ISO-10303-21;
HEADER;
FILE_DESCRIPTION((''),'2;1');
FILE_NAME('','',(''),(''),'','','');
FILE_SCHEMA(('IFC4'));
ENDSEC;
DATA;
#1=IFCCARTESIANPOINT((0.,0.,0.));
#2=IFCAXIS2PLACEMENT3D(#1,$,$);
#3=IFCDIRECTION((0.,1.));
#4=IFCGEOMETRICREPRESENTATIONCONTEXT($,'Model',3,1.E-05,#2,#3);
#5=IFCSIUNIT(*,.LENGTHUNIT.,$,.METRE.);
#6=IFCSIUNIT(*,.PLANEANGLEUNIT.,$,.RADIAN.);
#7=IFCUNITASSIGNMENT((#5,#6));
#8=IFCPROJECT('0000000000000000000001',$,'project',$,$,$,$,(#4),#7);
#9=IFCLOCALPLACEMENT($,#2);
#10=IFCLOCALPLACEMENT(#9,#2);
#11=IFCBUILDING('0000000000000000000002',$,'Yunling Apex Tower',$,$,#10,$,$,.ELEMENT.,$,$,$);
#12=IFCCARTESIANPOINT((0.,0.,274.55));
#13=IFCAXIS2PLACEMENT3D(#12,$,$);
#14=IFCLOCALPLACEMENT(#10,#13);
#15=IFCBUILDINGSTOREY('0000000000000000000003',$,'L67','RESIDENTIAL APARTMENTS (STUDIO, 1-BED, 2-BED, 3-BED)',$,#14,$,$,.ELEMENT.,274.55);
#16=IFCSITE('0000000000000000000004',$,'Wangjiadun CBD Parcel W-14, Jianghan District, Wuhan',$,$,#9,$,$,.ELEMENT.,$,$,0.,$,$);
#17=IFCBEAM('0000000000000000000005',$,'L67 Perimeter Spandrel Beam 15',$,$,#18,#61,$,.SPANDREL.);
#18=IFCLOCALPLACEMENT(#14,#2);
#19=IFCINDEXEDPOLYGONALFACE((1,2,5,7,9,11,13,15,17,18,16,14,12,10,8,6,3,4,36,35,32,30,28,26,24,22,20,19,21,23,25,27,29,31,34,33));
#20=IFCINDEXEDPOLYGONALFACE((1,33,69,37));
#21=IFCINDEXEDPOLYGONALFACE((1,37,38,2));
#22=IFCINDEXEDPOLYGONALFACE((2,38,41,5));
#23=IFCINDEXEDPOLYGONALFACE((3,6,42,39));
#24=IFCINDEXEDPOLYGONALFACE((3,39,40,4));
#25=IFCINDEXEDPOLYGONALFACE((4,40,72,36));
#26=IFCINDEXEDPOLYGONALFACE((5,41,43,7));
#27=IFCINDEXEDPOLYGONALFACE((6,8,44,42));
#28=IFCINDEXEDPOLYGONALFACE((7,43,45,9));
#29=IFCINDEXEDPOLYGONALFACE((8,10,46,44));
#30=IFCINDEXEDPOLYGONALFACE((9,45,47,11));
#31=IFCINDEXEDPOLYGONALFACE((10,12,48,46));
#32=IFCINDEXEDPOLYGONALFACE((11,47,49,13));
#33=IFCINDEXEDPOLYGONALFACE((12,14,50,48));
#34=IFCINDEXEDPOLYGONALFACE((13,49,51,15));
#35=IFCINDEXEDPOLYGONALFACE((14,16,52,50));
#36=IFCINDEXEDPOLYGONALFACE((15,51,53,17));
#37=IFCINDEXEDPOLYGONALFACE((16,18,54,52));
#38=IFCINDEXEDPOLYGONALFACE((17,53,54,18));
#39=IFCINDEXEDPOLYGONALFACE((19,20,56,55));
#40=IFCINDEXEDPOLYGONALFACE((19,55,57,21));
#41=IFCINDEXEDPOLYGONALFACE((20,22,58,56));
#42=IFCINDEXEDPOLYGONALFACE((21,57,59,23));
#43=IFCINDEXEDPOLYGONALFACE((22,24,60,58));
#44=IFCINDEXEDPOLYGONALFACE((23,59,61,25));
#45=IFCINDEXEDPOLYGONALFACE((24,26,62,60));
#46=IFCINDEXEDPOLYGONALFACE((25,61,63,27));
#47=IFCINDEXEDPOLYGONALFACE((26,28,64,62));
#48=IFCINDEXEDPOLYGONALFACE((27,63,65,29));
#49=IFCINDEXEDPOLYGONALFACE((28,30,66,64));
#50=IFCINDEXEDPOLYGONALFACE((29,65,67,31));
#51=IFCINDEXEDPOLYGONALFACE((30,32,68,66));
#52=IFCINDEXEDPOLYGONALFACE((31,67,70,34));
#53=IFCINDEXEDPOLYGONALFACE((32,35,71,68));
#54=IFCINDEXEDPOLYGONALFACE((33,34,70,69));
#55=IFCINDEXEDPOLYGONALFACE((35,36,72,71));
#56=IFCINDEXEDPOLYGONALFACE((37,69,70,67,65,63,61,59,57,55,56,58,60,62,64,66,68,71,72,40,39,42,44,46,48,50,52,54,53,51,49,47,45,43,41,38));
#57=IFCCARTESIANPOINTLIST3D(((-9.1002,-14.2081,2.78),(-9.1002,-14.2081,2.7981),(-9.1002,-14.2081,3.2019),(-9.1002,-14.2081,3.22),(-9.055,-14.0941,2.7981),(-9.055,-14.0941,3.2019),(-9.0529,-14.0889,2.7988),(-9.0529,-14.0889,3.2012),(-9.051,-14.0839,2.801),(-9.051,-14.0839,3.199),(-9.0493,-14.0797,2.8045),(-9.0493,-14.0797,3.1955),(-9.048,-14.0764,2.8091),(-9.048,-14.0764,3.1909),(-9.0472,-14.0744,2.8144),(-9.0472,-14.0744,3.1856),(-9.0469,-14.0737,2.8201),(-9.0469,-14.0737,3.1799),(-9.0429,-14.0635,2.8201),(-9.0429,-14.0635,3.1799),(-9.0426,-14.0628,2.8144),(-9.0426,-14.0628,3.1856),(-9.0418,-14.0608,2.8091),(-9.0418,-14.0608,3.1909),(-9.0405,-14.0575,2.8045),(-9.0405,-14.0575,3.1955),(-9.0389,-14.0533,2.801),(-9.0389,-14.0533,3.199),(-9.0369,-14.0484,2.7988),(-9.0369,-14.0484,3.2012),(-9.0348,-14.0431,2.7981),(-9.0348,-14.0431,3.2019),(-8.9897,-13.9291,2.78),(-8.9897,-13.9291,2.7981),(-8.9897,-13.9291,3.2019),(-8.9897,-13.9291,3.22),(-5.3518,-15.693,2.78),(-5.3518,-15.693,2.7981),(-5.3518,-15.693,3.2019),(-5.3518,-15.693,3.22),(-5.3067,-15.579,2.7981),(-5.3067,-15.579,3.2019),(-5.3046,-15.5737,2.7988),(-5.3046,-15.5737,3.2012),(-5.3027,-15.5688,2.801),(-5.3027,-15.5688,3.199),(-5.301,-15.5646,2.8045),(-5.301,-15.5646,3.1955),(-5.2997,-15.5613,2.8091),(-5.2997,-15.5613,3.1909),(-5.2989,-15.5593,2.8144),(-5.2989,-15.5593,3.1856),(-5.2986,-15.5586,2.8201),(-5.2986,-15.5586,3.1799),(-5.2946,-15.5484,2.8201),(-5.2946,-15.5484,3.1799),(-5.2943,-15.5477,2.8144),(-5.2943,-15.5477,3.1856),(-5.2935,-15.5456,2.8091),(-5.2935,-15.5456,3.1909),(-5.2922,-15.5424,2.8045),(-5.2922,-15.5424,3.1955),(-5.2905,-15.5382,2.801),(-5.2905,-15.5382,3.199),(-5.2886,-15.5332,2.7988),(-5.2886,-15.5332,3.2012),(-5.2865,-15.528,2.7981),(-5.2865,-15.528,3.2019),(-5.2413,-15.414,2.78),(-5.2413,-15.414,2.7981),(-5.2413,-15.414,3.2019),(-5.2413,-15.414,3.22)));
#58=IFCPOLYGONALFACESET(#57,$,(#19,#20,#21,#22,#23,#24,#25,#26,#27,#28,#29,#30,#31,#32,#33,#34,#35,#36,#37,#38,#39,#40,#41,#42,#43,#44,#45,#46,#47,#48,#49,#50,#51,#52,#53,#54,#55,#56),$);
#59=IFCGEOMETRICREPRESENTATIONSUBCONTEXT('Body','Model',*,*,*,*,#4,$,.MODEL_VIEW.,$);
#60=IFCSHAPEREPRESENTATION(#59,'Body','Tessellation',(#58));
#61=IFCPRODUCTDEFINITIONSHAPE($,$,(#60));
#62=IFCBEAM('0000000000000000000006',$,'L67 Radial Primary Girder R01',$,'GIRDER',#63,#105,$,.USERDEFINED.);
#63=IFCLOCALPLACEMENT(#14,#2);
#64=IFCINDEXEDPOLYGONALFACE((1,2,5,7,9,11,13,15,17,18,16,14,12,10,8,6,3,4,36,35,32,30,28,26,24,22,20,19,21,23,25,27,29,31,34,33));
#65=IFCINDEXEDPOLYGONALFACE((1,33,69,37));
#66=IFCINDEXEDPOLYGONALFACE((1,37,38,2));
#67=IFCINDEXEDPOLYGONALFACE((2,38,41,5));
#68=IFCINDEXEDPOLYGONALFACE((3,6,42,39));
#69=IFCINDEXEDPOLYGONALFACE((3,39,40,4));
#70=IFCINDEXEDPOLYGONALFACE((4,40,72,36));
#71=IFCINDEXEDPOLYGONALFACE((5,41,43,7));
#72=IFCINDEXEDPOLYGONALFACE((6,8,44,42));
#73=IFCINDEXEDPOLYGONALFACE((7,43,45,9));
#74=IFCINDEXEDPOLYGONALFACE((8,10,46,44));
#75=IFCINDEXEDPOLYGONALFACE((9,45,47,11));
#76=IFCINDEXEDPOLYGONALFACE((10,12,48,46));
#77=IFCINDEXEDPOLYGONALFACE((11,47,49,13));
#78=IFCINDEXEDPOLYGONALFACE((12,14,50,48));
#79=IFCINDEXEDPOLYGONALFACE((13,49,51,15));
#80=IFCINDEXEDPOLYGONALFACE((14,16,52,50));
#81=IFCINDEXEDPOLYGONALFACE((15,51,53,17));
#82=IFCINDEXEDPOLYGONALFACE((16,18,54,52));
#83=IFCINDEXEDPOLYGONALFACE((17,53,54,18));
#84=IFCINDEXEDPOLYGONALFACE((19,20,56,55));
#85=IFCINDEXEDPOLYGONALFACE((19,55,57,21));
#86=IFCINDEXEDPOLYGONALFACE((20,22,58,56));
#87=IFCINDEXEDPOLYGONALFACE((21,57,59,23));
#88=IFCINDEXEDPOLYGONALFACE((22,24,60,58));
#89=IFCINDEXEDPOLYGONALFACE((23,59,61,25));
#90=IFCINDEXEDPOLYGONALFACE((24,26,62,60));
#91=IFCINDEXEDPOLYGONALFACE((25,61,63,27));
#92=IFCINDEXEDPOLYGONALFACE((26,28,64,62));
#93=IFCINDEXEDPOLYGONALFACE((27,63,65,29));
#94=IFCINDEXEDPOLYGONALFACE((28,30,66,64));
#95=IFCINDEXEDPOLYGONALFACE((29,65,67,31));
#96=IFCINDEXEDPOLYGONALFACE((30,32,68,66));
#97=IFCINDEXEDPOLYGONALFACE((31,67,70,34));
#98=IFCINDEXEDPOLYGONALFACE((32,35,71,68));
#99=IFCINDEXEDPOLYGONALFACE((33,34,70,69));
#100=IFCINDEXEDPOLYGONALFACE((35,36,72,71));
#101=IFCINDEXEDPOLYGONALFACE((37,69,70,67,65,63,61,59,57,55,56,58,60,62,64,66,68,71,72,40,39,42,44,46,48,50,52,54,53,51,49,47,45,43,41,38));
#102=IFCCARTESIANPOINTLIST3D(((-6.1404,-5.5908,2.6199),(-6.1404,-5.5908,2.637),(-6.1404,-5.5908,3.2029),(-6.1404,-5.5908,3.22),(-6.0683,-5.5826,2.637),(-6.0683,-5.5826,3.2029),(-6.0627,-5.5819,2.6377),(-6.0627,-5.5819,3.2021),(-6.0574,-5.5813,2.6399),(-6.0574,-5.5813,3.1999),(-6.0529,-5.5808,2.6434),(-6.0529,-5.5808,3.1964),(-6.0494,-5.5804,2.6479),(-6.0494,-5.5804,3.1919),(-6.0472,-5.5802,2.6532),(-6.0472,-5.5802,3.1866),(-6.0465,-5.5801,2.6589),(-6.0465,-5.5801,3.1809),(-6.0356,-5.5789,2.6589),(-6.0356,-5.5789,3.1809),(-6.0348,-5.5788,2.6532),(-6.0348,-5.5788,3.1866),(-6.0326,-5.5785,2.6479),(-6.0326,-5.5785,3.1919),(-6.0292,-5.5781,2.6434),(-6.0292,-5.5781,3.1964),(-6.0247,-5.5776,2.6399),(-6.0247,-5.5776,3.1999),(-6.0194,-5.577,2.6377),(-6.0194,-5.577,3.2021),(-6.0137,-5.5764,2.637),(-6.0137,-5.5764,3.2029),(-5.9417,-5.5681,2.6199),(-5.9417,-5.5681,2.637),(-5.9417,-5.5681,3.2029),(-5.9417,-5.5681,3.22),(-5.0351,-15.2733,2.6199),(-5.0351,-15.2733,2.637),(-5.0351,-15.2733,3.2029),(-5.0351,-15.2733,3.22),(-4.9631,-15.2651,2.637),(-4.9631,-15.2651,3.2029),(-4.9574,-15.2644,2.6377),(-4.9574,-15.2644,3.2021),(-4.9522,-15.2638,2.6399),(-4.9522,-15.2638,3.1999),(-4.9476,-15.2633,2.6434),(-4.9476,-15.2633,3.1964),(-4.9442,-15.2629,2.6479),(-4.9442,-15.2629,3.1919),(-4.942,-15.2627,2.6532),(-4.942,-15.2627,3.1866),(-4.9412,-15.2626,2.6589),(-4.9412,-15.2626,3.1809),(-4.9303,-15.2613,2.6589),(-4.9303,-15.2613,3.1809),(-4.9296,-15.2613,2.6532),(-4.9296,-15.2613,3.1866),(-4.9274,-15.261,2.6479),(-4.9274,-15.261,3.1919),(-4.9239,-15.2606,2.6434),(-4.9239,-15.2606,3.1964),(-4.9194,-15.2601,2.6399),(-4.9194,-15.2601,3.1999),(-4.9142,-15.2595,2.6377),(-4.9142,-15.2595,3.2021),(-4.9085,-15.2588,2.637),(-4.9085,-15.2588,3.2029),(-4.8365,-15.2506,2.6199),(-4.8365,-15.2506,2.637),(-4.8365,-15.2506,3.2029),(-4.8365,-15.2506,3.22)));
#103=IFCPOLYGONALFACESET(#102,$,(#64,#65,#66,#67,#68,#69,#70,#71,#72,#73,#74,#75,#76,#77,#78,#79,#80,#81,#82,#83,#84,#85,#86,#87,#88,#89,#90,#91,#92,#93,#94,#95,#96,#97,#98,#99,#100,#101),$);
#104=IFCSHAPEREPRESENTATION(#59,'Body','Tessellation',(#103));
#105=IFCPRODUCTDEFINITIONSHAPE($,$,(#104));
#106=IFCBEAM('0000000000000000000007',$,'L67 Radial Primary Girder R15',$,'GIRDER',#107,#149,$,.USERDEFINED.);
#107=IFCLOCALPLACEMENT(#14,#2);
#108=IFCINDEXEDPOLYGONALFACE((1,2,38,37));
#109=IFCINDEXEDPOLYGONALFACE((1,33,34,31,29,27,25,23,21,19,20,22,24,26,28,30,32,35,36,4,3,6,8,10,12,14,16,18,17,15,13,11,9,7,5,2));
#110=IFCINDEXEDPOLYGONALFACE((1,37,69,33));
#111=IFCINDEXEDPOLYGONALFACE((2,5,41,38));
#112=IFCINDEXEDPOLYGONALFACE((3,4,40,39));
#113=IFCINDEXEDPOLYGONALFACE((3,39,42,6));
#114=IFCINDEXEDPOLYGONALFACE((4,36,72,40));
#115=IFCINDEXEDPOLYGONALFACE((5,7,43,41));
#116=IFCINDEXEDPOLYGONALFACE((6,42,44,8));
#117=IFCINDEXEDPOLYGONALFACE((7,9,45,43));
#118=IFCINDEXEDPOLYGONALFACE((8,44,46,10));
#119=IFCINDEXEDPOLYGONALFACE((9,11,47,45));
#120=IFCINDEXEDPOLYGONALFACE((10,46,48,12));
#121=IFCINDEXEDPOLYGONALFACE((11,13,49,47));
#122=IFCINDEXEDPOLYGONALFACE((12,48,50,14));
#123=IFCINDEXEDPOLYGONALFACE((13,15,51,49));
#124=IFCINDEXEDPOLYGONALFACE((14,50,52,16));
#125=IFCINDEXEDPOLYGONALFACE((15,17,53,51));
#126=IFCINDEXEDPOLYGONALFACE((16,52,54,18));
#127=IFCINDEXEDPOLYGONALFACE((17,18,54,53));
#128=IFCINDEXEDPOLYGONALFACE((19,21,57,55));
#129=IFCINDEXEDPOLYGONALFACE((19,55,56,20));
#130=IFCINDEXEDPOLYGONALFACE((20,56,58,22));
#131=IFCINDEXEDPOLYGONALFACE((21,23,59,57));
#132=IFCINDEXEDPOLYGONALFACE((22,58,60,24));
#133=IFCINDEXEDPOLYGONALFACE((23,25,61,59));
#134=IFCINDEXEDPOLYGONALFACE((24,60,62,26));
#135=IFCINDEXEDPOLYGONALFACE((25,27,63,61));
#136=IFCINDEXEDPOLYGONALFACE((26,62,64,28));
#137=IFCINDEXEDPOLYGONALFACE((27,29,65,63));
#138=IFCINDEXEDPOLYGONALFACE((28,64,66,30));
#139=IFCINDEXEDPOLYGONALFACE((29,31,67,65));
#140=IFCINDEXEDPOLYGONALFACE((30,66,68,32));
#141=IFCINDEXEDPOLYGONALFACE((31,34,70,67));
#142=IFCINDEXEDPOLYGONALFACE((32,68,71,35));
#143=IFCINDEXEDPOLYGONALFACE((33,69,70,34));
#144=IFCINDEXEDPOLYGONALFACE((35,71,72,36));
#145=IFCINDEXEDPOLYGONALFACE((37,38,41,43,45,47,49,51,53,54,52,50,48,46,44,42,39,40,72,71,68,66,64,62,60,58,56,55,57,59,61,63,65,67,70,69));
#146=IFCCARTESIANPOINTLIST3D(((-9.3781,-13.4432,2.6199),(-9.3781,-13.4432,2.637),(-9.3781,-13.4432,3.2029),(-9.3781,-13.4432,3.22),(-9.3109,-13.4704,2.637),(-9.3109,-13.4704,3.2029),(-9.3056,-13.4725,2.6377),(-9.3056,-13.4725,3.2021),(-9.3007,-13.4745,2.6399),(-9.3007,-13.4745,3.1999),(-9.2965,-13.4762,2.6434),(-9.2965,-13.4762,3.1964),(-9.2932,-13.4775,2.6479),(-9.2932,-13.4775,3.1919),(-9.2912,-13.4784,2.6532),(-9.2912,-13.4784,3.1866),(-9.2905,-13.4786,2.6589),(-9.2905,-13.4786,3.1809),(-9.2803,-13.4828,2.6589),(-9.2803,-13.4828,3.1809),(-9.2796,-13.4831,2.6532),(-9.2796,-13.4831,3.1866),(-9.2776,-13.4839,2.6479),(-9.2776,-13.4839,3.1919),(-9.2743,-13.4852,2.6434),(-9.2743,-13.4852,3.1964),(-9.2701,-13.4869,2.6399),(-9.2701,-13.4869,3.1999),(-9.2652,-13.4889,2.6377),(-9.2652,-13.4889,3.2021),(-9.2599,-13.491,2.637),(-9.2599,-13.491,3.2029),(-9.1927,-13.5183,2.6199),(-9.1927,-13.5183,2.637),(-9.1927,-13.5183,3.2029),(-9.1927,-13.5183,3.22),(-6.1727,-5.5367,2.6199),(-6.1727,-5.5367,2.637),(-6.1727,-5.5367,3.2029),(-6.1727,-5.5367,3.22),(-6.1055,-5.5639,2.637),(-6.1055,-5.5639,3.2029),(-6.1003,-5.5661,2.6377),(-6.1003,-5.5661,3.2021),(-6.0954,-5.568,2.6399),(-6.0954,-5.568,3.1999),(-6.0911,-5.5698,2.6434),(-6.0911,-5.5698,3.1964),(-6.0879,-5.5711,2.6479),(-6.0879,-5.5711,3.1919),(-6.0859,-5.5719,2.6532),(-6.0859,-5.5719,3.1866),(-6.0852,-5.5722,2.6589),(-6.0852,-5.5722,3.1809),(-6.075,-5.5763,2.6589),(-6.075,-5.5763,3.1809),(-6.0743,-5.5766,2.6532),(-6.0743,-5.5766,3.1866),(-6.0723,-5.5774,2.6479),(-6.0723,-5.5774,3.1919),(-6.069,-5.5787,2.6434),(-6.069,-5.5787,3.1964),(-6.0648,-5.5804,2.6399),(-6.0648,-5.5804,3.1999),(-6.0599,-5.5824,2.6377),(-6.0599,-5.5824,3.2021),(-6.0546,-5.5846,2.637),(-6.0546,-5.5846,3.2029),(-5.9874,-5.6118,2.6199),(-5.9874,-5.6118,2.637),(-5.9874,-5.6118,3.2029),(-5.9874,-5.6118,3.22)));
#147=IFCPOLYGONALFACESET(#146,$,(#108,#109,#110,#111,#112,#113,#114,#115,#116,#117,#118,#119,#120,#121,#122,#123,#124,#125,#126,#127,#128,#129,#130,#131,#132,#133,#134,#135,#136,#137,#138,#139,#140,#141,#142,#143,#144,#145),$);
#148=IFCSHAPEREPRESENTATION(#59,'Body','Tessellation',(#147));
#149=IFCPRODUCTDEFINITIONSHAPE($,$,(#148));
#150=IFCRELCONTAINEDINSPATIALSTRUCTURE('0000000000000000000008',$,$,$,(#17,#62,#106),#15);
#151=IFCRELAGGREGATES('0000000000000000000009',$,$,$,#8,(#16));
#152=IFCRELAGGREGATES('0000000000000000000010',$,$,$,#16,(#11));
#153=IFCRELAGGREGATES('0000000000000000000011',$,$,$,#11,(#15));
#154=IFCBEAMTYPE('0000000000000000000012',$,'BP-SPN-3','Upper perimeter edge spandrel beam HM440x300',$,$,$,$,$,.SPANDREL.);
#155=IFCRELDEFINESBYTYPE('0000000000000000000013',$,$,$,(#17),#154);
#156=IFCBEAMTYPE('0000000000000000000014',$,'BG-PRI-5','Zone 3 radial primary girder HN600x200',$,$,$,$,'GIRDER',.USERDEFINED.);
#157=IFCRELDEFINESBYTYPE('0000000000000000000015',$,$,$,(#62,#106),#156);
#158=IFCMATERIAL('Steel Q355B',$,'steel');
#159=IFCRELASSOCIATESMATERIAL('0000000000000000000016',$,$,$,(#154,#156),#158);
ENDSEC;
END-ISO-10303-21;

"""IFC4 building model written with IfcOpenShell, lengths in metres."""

from ifc_helpers import new_model, si_unit, direction, frame, origin, origin_2d, place, context, subcontext, project, spatial, i_section, extrude, source, transform, mapped, material, material_profile, profile_set, type_object, element, save


model = new_model("IFC4")

# Units and contexts
model_context = context("Model", 3, precision=1e-05, world=origin(), true_north=direction((0.0, 1.0)))
body_context = subcontext(model_context, "Body", "Model", "MODEL_VIEW")
ifc_project = project(units=[si_unit("LENGTHUNIT", "METRE"), si_unit("PLANEANGLEUNIT", "RADIAN")], contexts=[model_context])

# Site, building, storey
site_placement = place(None, origin())
site = spatial("IfcSite", under=ifc_project, at=site_placement, Name="Wangjiadun CBD Parcel W-14, Jianghan District, Wuhan", CompositionType="ELEMENT", RefElevation=0.0)
building_placement = place(site_placement, origin())
building = spatial("IfcBuilding", under=site, at=building_placement, Name="Yunling Apex Tower", CompositionType="ELEMENT")
storey_placement = place(building_placement, frame((0.0, 0.0, 274.55)))
storey = spatial("IfcBuildingStorey", under=building, at=storey_placement, Name="L67", Description="RESIDENTIAL APARTMENTS (STUDIO, 1-BED, 2-BED, 3-BED)", CompositionType="ELEMENT", Elevation=274.55)

# Shared definitions
ifc_material_1 = material(Name="Steel Q355B", Category="steel")

# Beams
ifc_material_profile_1 = material_profile(ifc_material_1, i_section(OverallWidth=0.3, OverallDepth=0.4399, WebThickness=0.011, FlangeThickness=0.0181, FilletRadius=0.022, at=origin_2d()))
ifc_profile_set_1 = profile_set([ifc_material_profile_1], Name="Steel Q355B")
beam_type_1 = type_object("IfcBeamType", Name="BP-SPN-3", Description="Upper perimeter edge spandrel beam HM440x300", PredefinedType="SPANDREL", material=ifc_profile_set_1)
shared_shape_1 = source(origin(), body_context, "Body", "SweptSolid", [
    extrude(i_section(OverallWidth=0.3, OverallDepth=0.4399, WebThickness=0.011, FlangeThickness=0.0181, FilletRadius=0.022, at=origin_2d()), origin(), (0.0, 0.0, 1.0), 4.0317),
])
beam_1_placement = place(storey_placement, frame((-9.0449, -14.0686, 3.0), z_axis=(0.929708, -0.368298, 0.0), x_axis=(0.368298, 0.929708, 0.0)))
element("IfcBeam", 1, at=beam_1_placement, inside=storey, type_object=beam_type_1, Name="L67 Perimeter Spandrel Beam 15", PredefinedType="SPANDREL", context=body_context, shape_type="MappedRepresentation", body=[
    mapped(shared_shape_1, transform((0.0, 0.0, 0.0), scale=1.0)),
])
ifc_material_profile_2 = material_profile(ifc_material_1, i_section(OverallWidth=0.2, OverallDepth=0.6001, WebThickness=0.011, FlangeThickness=0.0171, FilletRadius=0.022, at=origin_2d()))
ifc_profile_set_2 = profile_set([ifc_material_profile_2], Name="Steel Q355B")
beam_type_2 = type_object("IfcBeamType", Name="BG-PRI-5", Description="Zone 3 radial primary girder HN600x200", ElementType="GIRDER", PredefinedType="USERDEFINED", material=ifc_profile_set_2)
shared_shape_2 = source(origin(), body_context, "Body", "SweptSolid", [
    extrude(i_section(OverallWidth=0.2, OverallDepth=0.6001, WebThickness=0.011, FlangeThickness=0.0171, FilletRadius=0.022, at=origin_2d()), origin(), (0.0, 0.0, 1.0), 9.7454),
])
beam_2_placement = place(storey_placement, frame((-4.9358, -15.262, 2.9199), z_axis=(-0.113412, 0.993548, 0.0), x_axis=(-0.993548, -0.113412, 0.0)))
element("IfcBeam", 2, at=beam_2_placement, inside=storey, type_object=beam_type_2, Name="L67 Radial Primary Girder R01", ObjectType="GIRDER", PredefinedType="USERDEFINED", context=body_context, shape_type="MappedRepresentation", body=[
    mapped(shared_shape_2, transform((0.0, 0.0, 0.0), scale=1.0)),
])
shared_shape_3 = source(origin(), body_context, "Body", "SweptSolid", [
    extrude(i_section(OverallWidth=0.2, OverallDepth=0.6001, WebThickness=0.011, FlangeThickness=0.0171, FilletRadius=0.022, at=origin_2d()), origin(), (0.0, 0.0, 1.0), 8.5315),
])
beam_3_placement = place(storey_placement, frame((-9.2854, -13.4807, 2.9199), z_axis=(0.375704, 0.92674, 0.0), x_axis=(-0.92674, 0.375704, 0.0)))
element("IfcBeam", 3, at=beam_3_placement, inside=storey, type_object=beam_type_2, Name="L67 Radial Primary Girder R15", ObjectType="GIRDER", PredefinedType="USERDEFINED", context=body_context, shape_type="MappedRepresentation", body=[
    mapped(shared_shape_3, transform((0.0, 0.0, 0.0), scale=1.0)),
])

save(model, "model.ifc")
